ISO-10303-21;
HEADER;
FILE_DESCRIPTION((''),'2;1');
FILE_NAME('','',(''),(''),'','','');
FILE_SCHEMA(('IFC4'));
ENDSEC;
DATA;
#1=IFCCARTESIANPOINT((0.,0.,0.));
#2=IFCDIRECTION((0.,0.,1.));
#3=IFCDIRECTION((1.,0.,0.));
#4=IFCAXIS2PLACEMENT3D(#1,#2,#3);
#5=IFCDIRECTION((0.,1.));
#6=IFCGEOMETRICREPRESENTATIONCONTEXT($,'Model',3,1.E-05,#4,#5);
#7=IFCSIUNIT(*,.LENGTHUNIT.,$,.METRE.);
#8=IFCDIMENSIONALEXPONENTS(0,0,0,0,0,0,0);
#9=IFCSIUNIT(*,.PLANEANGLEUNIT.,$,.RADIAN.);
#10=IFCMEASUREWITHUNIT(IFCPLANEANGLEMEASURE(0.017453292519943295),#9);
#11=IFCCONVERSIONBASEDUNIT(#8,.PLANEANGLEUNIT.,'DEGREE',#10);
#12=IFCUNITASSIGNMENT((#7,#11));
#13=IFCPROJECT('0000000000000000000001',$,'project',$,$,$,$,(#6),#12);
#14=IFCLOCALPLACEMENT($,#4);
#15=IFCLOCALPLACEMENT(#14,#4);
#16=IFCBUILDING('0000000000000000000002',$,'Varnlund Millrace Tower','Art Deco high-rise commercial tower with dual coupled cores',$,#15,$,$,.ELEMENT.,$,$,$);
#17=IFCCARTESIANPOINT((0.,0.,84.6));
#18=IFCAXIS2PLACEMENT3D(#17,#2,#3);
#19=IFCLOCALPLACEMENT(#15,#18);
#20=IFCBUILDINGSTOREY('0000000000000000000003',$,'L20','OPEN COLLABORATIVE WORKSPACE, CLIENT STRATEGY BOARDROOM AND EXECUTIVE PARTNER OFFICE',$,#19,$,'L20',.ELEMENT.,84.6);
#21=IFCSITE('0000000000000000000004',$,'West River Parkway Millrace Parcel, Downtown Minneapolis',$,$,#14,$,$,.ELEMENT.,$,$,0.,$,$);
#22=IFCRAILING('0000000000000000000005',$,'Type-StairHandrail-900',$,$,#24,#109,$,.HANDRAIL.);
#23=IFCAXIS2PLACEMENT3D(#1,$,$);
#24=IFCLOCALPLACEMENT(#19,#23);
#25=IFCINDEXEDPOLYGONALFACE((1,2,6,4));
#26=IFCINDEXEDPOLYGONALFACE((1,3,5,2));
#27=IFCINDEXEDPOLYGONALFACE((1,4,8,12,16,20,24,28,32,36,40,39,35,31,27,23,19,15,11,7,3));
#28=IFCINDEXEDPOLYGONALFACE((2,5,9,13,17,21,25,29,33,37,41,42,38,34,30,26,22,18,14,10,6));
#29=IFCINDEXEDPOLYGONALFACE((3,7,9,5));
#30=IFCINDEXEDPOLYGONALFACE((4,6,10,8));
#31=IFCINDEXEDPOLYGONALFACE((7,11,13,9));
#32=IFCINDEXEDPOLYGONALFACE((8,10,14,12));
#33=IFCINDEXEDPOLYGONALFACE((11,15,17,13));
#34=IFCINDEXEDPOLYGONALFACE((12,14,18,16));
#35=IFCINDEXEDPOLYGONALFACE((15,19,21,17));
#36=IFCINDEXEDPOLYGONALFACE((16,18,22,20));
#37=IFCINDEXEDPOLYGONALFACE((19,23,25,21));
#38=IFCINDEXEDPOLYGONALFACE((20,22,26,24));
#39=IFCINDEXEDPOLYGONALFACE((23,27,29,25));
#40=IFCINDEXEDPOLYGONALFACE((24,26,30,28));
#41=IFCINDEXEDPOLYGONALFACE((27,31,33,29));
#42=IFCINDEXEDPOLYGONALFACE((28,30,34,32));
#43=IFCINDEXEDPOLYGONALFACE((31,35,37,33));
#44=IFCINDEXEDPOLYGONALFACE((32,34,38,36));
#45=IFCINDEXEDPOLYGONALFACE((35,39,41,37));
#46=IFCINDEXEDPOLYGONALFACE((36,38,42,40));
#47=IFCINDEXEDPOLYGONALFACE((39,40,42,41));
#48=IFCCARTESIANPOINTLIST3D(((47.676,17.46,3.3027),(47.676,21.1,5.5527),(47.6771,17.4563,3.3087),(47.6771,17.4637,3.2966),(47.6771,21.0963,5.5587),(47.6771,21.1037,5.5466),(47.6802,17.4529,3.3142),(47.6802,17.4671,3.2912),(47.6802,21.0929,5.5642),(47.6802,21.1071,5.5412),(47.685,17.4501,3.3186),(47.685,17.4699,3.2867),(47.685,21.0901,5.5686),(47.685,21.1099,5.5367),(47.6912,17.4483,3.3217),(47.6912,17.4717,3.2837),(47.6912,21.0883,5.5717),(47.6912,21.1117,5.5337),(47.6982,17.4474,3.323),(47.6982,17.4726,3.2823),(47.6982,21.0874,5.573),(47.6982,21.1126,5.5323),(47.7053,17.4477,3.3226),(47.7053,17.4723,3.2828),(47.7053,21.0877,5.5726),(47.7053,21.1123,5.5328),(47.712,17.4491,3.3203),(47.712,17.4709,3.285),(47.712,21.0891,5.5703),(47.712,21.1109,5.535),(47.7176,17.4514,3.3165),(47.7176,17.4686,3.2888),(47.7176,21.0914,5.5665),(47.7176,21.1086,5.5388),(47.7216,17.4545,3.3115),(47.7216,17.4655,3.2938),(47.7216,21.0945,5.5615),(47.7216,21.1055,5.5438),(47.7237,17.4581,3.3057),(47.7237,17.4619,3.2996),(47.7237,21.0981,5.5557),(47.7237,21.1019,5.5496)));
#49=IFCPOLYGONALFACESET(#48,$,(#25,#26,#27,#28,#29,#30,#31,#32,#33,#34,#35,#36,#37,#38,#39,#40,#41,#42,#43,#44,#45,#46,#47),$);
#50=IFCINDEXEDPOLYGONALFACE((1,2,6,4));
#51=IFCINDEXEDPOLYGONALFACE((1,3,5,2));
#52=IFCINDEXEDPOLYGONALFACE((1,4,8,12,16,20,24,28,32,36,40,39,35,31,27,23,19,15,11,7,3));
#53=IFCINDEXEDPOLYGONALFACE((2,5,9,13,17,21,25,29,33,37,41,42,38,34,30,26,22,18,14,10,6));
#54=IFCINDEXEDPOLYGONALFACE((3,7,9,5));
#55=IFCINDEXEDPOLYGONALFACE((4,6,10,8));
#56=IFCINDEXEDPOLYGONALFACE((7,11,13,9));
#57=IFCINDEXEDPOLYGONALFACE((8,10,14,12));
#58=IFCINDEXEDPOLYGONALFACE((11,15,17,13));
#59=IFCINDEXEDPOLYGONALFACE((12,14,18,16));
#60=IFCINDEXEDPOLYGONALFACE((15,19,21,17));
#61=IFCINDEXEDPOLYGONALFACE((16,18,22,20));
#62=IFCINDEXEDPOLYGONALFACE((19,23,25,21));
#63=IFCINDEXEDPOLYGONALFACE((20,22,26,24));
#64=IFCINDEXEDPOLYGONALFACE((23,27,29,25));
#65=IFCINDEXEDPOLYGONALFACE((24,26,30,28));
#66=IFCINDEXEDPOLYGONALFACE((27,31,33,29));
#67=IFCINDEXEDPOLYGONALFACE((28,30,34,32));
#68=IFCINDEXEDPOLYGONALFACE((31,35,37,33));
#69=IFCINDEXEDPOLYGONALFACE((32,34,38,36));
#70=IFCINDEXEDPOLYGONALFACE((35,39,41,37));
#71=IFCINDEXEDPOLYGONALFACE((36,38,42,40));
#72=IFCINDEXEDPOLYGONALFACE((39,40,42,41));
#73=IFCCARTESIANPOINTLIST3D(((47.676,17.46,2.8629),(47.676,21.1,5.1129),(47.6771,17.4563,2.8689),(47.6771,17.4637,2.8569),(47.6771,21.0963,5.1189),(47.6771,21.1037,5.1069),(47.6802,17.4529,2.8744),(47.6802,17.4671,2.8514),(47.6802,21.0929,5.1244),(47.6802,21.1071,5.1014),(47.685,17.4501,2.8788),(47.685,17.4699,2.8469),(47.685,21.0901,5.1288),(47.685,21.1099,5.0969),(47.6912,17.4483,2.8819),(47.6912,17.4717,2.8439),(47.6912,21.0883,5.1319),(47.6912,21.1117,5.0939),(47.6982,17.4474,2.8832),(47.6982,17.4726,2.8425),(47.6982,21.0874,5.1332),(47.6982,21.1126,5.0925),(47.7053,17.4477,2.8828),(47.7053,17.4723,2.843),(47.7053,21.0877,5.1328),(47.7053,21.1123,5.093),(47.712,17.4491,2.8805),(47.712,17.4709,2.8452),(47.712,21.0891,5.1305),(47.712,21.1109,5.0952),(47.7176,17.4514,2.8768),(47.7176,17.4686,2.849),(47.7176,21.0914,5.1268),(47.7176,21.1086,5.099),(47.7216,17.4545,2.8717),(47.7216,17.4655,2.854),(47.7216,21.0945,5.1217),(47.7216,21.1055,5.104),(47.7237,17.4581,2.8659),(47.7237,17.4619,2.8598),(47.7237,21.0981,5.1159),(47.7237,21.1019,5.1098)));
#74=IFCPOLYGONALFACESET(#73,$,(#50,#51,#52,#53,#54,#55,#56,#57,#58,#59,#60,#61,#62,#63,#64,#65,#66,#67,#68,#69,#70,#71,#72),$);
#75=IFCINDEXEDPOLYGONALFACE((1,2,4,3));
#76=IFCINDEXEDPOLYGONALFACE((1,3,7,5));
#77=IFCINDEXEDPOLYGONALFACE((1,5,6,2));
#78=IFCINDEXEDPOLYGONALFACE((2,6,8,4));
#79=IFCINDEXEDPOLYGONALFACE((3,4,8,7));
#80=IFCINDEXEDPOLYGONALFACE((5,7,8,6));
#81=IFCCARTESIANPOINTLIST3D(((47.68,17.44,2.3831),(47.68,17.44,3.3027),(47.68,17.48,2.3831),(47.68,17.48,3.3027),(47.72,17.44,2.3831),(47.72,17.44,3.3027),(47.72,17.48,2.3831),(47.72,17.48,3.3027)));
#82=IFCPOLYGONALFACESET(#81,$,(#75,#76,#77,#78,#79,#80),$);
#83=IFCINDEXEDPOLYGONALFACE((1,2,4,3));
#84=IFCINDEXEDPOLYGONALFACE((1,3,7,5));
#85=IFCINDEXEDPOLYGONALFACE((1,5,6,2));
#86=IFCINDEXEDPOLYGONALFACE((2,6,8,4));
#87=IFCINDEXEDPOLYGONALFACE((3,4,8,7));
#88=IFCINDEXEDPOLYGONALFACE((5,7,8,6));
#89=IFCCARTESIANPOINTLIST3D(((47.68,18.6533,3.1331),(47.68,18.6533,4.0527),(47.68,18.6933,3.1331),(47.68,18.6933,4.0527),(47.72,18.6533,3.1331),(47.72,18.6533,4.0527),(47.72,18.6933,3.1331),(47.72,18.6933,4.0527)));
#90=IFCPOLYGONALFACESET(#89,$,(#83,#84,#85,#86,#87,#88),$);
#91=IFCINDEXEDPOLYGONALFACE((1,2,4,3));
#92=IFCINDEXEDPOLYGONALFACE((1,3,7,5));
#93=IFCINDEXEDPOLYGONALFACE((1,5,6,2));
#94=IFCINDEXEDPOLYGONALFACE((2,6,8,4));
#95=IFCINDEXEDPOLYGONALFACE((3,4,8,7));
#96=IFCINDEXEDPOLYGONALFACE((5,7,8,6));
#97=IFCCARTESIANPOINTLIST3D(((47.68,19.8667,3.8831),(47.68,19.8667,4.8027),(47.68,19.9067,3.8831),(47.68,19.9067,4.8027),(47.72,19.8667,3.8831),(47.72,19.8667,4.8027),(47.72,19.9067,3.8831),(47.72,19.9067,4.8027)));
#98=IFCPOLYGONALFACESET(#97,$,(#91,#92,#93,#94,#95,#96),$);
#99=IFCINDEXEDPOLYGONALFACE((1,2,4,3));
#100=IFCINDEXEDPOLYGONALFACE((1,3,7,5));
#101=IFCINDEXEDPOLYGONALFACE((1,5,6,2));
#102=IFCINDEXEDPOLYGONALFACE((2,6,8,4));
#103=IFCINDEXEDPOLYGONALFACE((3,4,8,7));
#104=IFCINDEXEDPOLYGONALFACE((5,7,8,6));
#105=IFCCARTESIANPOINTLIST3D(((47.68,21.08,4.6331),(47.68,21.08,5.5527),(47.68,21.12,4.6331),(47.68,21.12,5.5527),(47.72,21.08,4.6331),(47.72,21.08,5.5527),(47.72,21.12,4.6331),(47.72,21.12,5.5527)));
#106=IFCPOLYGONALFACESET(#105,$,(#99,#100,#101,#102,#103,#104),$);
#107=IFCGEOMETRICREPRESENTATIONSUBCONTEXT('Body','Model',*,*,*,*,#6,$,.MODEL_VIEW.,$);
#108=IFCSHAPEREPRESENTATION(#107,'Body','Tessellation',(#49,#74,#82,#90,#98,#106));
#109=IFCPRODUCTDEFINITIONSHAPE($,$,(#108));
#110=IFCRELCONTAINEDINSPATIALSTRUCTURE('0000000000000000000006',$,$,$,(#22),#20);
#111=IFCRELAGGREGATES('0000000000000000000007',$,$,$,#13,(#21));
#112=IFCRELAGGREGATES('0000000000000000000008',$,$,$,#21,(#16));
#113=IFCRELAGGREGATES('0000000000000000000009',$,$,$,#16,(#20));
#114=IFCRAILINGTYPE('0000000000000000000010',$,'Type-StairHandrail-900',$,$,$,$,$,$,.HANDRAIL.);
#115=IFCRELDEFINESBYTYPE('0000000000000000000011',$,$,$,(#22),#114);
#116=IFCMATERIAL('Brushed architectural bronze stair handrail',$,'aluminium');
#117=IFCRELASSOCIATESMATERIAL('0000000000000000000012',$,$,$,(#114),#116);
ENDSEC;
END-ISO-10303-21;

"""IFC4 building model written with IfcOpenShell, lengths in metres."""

from ifc_helpers import new_model, entity, si_unit, converted_unit, direction, frame, origin_with_axes, origin_2d_with_axis, place, context, subcontext, project, spatial, rectangle, circle, extrude, material, type_object, element, save


model = new_model("IFC4")

# Units and contexts
model_context = context("Model", 3, precision=1e-05, world=origin_with_axes(), true_north=direction((0.0, 1.0)))
body_context = subcontext(model_context, "Body", "Model", "MODEL_VIEW")
ifc_project = project(units=[si_unit("LENGTHUNIT", "METRE"), converted_unit("PLANEANGLEUNIT", "DEGREE", entity("IfcPlaneAngleMeasure", 0.017453292519943295), si_unit("PLANEANGLEUNIT", "RADIAN"), dimensions=[0, 0, 0, 0, 0, 0, 0])], contexts=[model_context])

# Site, building, storey
site_placement = place(None, origin_with_axes())
site = spatial("IfcSite", under=ifc_project, at=site_placement, Name="West River Parkway Millrace Parcel, Downtown Minneapolis", CompositionType="ELEMENT", RefElevation=0.0)
building_placement = place(site_placement, origin_with_axes())
building = spatial("IfcBuilding", under=site, at=building_placement, Name="Varnlund Millrace Tower", Description="Art Deco high-rise commercial tower with dual coupled cores", CompositionType="ELEMENT")
storey_placement = place(building_placement, frame((0.0, 0.0, 84.6), z_axis=(0.0, 0.0, 1.0), x_axis=(1.0, 0.0, 0.0)))
storey = spatial("IfcBuildingStorey", under=building, at=storey_placement, Name="L20", Description="OPEN COLLABORATIVE WORKSPACE, CLIENT STRATEGY BOARDROOM AND EXECUTIVE PARTNER OFFICE", LongName="L20", CompositionType="ELEMENT", Elevation=84.6)

# Railing
ifc_material_1 = material(Name="Brushed architectural bronze stair handrail", Category="aluminium")
railing_type_1 = type_object("IfcRailingType", Name="Type-StairHandrail-900", PredefinedType="HANDRAIL", material=ifc_material_1)
railing_1_placement = place(storey_placement, frame((0.0, 0.0, -84.6), z_axis=(0.0, 0.0, 1.0), x_axis=(1.0, 0.0, 0.0)))
element("IfcRailing", 1, at=railing_1_placement, inside=storey, type_object=railing_type_1, Name="Type-StairHandrail-900", PredefinedType="HANDRAIL", context=body_context, shape_type="SweptSolid", body=[
    extrude(circle(Radius=0.024, at=origin_2d_with_axis()), frame((47.7, 17.46, 87.9027), z_axis=(0.0, 0.850614, 0.525791), x_axis=(-1.0, 0.0, 0.0)), (0.0, 0.0, 1.0), 4.2793),
    extrude(circle(Radius=0.024, at=origin_2d_with_axis()), frame((47.7, 17.46, 87.4629), z_axis=(0.0, 0.850614, 0.525791), x_axis=(-1.0, 0.0, 0.0)), (0.0, 0.0, 1.0), 4.2793),
    extrude(rectangle(XDim=0.04, YDim=0.04, at=origin_2d_with_axis()), frame((47.7, 17.46, 86.9831), z_axis=(0.0, 0.0, 1.0), x_axis=(1.0, 0.0, 0.0)), (0.0, 0.0, 1.0), 0.9196),
    extrude(rectangle(XDim=0.04, YDim=0.04, at=origin_2d_with_axis()), frame((47.7, 18.6733, 87.7331), z_axis=(0.0, 0.0, 1.0), x_axis=(1.0, 0.0, 0.0)), (0.0, 0.0, 1.0), 0.9196),
    extrude(rectangle(XDim=0.04, YDim=0.04, at=origin_2d_with_axis()), frame((47.7, 19.8867, 88.4831), z_axis=(0.0, 0.0, 1.0), x_axis=(1.0, 0.0, 0.0)), (0.0, 0.0, 1.0), 0.9196),
    extrude(rectangle(XDim=0.04, YDim=0.04, at=origin_2d_with_axis()), frame((47.7, 21.1, 89.2331), z_axis=(0.0, 0.0, 1.0), x_axis=(1.0, 0.0, 0.0)), (0.0, 0.0, 1.0), 0.9196),
])

save(model, "model.ifc")
